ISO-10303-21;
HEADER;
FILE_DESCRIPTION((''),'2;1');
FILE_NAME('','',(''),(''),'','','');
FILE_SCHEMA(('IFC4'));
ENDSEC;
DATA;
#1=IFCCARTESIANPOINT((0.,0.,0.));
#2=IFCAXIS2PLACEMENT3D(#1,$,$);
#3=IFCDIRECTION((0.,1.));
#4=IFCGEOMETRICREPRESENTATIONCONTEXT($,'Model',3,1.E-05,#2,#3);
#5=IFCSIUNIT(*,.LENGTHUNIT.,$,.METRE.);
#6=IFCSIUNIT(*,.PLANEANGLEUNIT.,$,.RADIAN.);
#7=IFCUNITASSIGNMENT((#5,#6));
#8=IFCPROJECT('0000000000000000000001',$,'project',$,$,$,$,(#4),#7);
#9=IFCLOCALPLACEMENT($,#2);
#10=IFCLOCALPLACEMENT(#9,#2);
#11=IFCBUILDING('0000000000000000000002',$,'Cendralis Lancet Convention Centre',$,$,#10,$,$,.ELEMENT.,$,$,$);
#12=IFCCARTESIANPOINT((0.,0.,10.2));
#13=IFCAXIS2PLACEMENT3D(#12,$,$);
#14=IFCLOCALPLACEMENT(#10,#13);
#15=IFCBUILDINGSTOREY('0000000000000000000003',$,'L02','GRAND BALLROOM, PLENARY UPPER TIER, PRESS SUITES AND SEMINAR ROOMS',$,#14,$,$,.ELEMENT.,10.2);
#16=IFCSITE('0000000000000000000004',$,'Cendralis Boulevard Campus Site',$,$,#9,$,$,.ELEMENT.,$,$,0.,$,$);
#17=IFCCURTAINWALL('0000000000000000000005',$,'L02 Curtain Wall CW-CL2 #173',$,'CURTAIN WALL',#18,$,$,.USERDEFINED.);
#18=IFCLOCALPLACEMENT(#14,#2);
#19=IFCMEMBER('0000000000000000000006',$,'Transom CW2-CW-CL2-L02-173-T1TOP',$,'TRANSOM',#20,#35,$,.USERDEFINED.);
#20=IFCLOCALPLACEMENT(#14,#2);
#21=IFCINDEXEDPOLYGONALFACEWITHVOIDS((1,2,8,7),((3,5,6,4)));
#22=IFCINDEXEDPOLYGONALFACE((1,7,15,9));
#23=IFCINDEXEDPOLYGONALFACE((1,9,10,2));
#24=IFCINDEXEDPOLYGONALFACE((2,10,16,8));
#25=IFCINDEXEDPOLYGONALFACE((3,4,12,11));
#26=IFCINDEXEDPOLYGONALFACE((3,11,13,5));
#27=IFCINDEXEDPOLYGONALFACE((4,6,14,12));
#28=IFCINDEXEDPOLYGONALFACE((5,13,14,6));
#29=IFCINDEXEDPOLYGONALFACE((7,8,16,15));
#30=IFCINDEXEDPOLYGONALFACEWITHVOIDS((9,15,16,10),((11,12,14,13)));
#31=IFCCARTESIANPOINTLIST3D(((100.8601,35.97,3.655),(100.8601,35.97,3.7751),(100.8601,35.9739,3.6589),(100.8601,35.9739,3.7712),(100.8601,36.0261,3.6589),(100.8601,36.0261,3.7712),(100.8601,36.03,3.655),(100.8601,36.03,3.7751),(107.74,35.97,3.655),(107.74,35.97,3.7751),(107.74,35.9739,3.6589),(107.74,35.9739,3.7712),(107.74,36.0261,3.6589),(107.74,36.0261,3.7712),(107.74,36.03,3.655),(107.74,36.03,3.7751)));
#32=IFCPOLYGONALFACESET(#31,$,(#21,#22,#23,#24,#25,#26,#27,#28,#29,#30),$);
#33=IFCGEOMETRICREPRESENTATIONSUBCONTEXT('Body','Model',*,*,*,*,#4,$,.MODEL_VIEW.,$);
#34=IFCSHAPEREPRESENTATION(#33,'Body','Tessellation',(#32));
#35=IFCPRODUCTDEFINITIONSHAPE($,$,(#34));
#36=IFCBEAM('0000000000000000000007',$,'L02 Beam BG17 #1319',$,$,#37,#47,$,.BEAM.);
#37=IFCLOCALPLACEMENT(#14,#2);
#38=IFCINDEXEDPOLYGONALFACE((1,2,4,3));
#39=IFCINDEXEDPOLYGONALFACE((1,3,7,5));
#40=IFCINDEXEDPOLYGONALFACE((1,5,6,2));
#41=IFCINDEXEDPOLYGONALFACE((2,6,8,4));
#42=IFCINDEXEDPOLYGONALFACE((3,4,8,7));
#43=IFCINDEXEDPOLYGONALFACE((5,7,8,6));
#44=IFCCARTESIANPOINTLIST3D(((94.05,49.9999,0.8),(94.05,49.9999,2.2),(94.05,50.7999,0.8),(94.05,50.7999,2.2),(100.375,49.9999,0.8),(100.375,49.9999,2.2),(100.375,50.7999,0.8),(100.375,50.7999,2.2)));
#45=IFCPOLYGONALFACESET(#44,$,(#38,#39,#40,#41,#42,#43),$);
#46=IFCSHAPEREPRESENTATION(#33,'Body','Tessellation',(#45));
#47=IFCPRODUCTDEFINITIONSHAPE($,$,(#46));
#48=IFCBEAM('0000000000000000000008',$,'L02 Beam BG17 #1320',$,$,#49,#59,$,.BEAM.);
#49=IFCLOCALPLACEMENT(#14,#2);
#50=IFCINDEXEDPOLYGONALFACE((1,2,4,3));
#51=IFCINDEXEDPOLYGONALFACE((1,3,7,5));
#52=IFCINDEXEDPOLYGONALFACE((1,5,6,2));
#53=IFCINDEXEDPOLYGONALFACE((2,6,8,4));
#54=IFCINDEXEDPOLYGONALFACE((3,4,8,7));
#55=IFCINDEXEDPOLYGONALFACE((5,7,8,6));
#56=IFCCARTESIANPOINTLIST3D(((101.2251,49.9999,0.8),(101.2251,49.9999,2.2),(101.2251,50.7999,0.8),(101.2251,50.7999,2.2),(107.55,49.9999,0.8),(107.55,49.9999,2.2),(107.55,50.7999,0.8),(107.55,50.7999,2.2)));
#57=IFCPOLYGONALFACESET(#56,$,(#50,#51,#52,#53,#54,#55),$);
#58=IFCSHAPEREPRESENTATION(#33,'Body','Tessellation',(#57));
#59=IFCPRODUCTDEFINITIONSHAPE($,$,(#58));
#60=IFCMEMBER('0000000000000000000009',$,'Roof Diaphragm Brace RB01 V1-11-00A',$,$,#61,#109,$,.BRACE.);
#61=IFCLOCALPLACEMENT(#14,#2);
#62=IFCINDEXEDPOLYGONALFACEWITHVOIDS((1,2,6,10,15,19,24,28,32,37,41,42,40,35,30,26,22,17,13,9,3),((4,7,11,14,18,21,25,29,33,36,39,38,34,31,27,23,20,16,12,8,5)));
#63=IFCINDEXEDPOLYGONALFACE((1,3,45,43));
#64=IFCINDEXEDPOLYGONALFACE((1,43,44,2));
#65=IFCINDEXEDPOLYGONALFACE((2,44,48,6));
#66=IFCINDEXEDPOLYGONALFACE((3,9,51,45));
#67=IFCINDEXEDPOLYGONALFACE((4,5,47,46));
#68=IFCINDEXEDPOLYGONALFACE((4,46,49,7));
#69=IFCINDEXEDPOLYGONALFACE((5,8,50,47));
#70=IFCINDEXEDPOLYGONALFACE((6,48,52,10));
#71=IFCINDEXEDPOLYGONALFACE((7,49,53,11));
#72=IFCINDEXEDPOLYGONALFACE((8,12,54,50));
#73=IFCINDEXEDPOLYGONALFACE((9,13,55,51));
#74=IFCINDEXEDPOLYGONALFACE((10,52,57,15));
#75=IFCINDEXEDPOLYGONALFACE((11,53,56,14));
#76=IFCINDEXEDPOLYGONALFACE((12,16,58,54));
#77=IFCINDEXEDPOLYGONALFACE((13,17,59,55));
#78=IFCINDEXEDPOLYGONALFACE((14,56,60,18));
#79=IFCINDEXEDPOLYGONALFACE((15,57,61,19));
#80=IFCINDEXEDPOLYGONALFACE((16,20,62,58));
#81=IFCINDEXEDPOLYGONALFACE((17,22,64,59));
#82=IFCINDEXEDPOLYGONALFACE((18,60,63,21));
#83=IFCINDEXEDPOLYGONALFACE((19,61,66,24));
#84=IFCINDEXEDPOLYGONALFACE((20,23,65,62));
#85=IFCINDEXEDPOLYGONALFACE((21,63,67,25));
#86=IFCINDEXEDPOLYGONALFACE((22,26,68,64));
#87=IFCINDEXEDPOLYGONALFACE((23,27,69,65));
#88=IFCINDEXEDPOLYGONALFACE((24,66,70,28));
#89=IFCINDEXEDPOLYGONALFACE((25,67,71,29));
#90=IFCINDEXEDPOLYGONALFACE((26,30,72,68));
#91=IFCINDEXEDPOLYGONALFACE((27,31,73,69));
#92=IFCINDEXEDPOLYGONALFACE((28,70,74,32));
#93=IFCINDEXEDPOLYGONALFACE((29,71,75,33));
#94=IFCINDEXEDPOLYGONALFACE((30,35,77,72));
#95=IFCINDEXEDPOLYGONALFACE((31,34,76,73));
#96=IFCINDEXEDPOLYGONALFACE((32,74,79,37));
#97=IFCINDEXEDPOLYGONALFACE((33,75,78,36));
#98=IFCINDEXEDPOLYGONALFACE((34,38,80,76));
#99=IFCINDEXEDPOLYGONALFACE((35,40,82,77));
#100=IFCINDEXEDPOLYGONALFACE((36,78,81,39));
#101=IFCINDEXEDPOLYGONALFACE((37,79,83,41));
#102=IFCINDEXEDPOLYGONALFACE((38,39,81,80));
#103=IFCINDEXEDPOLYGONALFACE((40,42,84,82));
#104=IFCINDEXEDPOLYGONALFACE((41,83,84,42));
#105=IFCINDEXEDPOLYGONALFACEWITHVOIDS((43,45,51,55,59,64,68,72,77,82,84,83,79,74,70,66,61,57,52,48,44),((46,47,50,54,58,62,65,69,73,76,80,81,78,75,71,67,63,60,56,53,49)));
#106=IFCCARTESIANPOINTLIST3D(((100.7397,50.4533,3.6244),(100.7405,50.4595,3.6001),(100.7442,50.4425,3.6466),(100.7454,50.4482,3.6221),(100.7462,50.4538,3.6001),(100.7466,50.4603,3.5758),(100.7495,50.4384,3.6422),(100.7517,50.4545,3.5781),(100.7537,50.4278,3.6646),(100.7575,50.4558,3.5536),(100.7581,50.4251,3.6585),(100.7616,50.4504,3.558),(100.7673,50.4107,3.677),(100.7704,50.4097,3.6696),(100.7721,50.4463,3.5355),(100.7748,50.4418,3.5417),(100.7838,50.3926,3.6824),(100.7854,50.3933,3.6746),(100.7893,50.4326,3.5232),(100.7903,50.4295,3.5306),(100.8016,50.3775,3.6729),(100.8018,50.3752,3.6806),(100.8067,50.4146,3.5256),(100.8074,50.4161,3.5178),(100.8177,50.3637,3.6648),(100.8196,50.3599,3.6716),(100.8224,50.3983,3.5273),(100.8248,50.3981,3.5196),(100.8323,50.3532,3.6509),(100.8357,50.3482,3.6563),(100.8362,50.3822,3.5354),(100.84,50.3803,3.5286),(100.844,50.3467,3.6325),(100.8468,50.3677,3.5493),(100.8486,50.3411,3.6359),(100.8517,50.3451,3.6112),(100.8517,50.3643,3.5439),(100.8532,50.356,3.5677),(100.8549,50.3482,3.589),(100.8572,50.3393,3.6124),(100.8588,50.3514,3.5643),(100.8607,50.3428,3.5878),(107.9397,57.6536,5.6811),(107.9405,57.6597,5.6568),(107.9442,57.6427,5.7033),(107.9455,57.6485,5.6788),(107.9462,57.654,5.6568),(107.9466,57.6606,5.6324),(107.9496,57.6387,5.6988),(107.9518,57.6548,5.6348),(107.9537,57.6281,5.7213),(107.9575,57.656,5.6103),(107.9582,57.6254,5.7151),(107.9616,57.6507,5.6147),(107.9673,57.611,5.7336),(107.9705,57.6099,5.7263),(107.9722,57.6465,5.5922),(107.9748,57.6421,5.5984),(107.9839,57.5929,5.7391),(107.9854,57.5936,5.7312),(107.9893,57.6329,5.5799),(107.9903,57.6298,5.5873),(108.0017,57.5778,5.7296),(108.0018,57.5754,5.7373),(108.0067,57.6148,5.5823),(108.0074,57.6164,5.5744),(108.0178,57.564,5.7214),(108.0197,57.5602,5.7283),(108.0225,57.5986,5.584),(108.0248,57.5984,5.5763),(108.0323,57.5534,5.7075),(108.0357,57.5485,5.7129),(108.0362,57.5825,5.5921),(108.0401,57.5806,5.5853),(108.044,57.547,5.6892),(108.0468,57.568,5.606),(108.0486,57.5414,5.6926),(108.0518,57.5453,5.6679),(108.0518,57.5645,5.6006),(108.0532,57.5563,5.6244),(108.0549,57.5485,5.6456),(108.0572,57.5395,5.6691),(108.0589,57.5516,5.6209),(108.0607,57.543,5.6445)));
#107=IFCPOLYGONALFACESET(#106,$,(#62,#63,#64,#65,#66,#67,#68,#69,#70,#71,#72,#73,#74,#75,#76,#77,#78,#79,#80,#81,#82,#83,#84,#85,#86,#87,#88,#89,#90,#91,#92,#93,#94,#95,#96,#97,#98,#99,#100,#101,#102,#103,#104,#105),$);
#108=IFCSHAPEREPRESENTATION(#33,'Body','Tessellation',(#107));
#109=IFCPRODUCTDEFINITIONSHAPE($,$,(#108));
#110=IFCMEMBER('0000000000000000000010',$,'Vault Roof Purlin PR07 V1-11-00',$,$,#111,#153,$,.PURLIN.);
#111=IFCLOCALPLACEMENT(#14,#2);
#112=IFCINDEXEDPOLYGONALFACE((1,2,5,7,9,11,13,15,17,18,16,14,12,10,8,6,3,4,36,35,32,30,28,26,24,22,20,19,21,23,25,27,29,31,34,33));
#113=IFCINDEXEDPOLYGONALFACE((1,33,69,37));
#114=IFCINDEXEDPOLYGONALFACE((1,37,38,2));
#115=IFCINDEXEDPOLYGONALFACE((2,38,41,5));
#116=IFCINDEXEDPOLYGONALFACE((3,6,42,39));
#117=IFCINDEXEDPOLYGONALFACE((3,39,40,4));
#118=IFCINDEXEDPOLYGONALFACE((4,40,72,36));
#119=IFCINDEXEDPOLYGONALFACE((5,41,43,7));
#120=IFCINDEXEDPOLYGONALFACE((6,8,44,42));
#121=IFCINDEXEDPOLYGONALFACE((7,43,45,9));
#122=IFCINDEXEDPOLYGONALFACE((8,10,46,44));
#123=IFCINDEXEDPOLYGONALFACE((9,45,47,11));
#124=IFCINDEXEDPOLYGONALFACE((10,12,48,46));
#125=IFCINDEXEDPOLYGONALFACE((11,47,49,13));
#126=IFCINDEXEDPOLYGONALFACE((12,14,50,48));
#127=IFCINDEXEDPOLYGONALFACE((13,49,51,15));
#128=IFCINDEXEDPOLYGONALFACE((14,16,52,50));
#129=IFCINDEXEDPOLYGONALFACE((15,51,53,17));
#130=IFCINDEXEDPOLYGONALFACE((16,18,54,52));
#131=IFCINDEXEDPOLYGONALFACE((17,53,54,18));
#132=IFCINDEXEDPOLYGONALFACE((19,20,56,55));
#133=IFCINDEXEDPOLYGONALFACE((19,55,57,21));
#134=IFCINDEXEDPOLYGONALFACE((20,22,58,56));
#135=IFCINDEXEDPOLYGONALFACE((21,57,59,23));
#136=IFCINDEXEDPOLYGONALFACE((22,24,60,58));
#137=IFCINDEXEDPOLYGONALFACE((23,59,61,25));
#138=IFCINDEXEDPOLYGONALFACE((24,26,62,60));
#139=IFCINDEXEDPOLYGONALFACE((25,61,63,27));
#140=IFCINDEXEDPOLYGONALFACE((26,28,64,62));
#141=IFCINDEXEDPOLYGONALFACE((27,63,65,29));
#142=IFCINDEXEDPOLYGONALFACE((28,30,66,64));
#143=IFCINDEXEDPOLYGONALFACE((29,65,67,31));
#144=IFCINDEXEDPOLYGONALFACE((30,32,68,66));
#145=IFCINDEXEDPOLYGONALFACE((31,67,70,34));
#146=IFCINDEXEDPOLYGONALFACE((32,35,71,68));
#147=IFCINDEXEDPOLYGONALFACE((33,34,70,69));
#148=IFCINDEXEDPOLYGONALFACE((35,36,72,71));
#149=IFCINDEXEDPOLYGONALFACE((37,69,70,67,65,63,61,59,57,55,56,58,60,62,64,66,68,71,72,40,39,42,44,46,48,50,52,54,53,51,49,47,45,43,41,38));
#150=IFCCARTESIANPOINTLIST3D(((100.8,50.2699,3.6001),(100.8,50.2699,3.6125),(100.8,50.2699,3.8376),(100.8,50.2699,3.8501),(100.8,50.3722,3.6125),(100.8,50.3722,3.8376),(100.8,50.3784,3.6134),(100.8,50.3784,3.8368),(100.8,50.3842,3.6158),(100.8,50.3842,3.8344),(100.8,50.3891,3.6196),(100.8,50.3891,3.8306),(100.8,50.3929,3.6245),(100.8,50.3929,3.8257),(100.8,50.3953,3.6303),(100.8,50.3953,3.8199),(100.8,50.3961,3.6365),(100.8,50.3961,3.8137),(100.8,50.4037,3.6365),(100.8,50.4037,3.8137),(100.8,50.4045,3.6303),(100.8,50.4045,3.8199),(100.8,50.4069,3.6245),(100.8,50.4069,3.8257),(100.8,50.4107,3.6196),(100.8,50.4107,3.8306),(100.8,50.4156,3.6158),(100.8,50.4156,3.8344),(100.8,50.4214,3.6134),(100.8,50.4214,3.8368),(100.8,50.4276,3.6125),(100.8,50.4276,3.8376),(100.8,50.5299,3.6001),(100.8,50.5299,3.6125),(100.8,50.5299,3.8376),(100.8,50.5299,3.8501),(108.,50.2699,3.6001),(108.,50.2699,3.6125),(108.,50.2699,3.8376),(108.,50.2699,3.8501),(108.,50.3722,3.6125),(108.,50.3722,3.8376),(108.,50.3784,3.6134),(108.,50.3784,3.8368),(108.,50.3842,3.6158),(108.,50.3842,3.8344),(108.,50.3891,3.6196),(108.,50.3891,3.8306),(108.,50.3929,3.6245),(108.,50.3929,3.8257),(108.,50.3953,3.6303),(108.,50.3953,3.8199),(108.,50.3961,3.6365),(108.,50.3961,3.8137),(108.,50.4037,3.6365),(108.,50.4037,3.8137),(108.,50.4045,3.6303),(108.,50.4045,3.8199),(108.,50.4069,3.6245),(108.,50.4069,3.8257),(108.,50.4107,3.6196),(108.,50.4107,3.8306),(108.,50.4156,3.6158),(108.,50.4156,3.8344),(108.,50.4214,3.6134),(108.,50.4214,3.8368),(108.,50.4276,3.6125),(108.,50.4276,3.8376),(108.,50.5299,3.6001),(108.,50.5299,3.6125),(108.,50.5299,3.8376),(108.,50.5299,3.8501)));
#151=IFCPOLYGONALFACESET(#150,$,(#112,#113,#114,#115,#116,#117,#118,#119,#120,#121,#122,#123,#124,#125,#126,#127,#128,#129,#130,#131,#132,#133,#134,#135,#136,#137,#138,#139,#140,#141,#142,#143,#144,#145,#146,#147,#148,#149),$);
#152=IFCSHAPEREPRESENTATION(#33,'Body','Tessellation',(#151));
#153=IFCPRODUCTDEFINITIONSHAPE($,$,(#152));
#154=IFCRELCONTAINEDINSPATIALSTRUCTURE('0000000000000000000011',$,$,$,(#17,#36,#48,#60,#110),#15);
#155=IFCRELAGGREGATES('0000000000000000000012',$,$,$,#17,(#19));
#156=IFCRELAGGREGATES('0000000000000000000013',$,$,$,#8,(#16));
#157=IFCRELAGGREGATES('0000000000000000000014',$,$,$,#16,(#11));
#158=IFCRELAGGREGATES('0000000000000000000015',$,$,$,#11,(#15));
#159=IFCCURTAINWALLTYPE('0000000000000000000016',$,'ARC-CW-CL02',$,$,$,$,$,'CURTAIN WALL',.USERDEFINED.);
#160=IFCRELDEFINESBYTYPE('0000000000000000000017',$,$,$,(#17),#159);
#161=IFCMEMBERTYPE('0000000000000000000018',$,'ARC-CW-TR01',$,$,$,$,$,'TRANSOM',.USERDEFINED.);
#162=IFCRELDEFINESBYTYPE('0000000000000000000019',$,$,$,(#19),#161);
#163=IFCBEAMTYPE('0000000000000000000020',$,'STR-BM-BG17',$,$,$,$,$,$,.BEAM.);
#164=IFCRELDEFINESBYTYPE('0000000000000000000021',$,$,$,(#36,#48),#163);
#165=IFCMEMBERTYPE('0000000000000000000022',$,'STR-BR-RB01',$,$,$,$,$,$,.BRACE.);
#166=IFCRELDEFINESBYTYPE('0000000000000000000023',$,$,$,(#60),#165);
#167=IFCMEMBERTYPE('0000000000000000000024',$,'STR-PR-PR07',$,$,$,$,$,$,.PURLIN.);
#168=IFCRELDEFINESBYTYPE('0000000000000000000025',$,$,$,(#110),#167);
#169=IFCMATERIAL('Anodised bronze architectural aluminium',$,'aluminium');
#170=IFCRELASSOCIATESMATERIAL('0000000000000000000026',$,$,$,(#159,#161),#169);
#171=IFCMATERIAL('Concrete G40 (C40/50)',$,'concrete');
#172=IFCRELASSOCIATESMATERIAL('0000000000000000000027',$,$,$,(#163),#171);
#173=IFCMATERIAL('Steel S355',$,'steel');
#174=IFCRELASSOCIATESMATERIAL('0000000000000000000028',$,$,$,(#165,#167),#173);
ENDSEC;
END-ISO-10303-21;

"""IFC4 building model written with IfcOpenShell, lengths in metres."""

from ifc_helpers import new_model, si_unit, direction, frame, origin, origin_2d, place, context, subcontext, project, spatial, rectangle, hollow_rectangle, hollow_circle, i_section, extrude, material, material_profile, profile_set, type_object, element, aggregate, save


model = new_model("IFC4")

# Units and contexts
model_context = context("Model", 3, precision=1e-05, world=origin(), true_north=direction((0.0, 1.0)))
body_context = subcontext(model_context, "Body", "Model", "MODEL_VIEW")
ifc_project = project(units=[si_unit("LENGTHUNIT", "METRE"), si_unit("PLANEANGLEUNIT", "RADIAN")], contexts=[model_context])

# Site, building, storey
site_placement = place(None, origin())
site = spatial("IfcSite", under=ifc_project, at=site_placement, Name="Cendralis Boulevard Campus Site", CompositionType="ELEMENT", RefElevation=0.0)
building_placement = place(site_placement, origin())
building = spatial("IfcBuilding", under=site, at=building_placement, Name="Cendralis Lancet Convention Centre", CompositionType="ELEMENT")
storey_placement = place(building_placement, frame((0.0, 0.0, 10.2)))
storey = spatial("IfcBuildingStorey", under=building, at=storey_placement, Name="L02", Description="GRAND BALLROOM, PLENARY UPPER TIER, PRESS SUITES AND SEMINAR ROOMS", CompositionType="ELEMENT", Elevation=10.2)

# Shared definitions
ifc_material_1 = material(Name="Steel S355", Category="steel")

# Curtain wall, member
ifc_material_2 = material(Name="Anodised bronze architectural aluminium", Category="aluminium")
curtain_wall_type = type_object("IfcCurtainWallType", Name="ARC-CW-CL02", ElementType="CURTAIN WALL", PredefinedType="USERDEFINED", material=ifc_material_2)
curtain_wall_placement = place(storey_placement, origin())
curtain_wall = element("IfcCurtainWall", 1, at=curtain_wall_placement, inside=storey, type_object=curtain_wall_type, Name="L02 Curtain Wall CW-CL2 #173", ObjectType="CURTAIN WALL", PredefinedType="USERDEFINED")
ifc_material_profile_1 = material_profile(ifc_material_2, hollow_rectangle(XDim=0.0601, YDim=0.1201, WallThickness=0.0039, at=origin_2d()), Name="AL-TRAN 60x120x4.0")
ifc_profile_set_1 = profile_set([ifc_material_profile_1], Name="Anodised bronze architectural aluminium")
member_type_1 = type_object("IfcMemberType", Name="ARC-CW-TR01", ElementType="TRANSOM", PredefinedType="USERDEFINED", material=ifc_profile_set_1)
member_1_placement = place(storey_placement, frame((100.8601, 36.0, 3.7151), z_axis=(1.0, 0.0, 0.0), x_axis=(0.0, 1.0, 0.0)))
member_1 = element("IfcMember", 2, at=member_1_placement, type_object=member_type_1, Name="Transom CW2-CW-CL2-L02-173-T1TOP", ObjectType="TRANSOM", PredefinedType="USERDEFINED", context=body_context, shape_type="SweptSolid", body=[
    extrude(hollow_rectangle(XDim=0.0601, YDim=0.1201, WallThickness=0.0039, at=origin_2d()), origin(), (0.0, 0.0, 1.0), 6.8799),
])

# Beams
ifc_material_3 = material(Name="Concrete G40 (C40/50)", Category="concrete")
ifc_material_profile_2 = material_profile(ifc_material_3, rectangle(XDim=0.8, YDim=1.3999, at=origin_2d()), Name="RCB 800x1400")
ifc_profile_set_2 = profile_set([ifc_material_profile_2], Name="Concrete G40 (C40/50)")
beam_type = type_object("IfcBeamType", Name="STR-BM-BG17", PredefinedType="BEAM", material=ifc_profile_set_2)
for number, where, z_axis, x_axis, name in (
    (3, (94.05, 50.3999, 1.5), (1.0, 0.0, 0.0), (0.0, 1.0, 0.0), "L02 Beam BG17 #1319"),
    (4, (101.2251, 50.3999, 1.5), (1.0, 0.0, 0.0), (0.0, 1.0, 0.0), "L02 Beam BG17 #1320"),
):
    element("IfcBeam", number, at=place(storey_placement, frame(where, z_axis=z_axis, x_axis=x_axis)), inside=storey, type_object=beam_type, Name=name, PredefinedType="BEAM", context=body_context, shape_type="SweptSolid", body=[
        extrude(rectangle(XDim=0.8, YDim=1.3999, at=origin_2d()), origin(), (0.0, 0.0, 1.0), 6.325),
    ])

# Members
ifc_material_profile_3 = material_profile(ifc_material_1, hollow_circle(Radius=0.0842, WallThickness=0.0081, at=origin_2d()), Name="CHS 168.3x8.0")
ifc_profile_set_3 = profile_set([ifc_material_profile_3], Name="Steel S355")
member_type_2 = type_object("IfcMemberType", Name="STR-BR-RB01", PredefinedType="BRACE", material=ifc_profile_set_3)
member_2_placement = place(storey_placement, frame((100.8, 50.3999, 3.6001), z_axis=(0.693098, 0.693122, 0.197981), x_axis=(-0.707119, 0.707095, 0.0)))
element("IfcMember", 5, at=member_2_placement, inside=storey, type_object=member_type_2, Name="Roof Diaphragm Brace RB01 V1-11-00A", PredefinedType="BRACE", context=body_context, shape_type="SweptSolid", body=[
    extrude(hollow_circle(Radius=0.0842, WallThickness=0.0081, at=origin_2d()), origin(), (0.0, 0.0, 1.0), 10.3882),
])
ifc_material_profile_4 = material_profile(ifc_material_1, i_section(OverallWidth=0.26, OverallDepth=0.25, WebThickness=0.0076, FlangeThickness=0.0125, FilletRadius=0.0239, at=origin_2d()), Name="HEA 260")
ifc_profile_set_4 = profile_set([ifc_material_profile_4], Name="Steel S355")
member_type_3 = type_object("IfcMemberType", Name="STR-PR-PR07", PredefinedType="PURLIN", material=ifc_profile_set_4)
member_3_placement = place(storey_placement, frame((100.8, 50.3999, 3.7251), z_axis=(1.0, 0.0, 0.0), x_axis=(0.0, 1.0, 0.0)))
element("IfcMember", 6, at=member_3_placement, inside=storey, type_object=member_type_3, Name="Vault Roof Purlin PR07 V1-11-00", PredefinedType="PURLIN", context=body_context, shape_type="SweptSolid", body=[
    extrude(i_section(OverallWidth=0.26, OverallDepth=0.25, WebThickness=0.0076, FlangeThickness=0.0125, FilletRadius=0.0239, at=origin_2d()), origin(), (0.0, 0.0, 1.0), 7.2),
])

aggregate(curtain_wall, [member_1])

save(model, "model.ifc")
